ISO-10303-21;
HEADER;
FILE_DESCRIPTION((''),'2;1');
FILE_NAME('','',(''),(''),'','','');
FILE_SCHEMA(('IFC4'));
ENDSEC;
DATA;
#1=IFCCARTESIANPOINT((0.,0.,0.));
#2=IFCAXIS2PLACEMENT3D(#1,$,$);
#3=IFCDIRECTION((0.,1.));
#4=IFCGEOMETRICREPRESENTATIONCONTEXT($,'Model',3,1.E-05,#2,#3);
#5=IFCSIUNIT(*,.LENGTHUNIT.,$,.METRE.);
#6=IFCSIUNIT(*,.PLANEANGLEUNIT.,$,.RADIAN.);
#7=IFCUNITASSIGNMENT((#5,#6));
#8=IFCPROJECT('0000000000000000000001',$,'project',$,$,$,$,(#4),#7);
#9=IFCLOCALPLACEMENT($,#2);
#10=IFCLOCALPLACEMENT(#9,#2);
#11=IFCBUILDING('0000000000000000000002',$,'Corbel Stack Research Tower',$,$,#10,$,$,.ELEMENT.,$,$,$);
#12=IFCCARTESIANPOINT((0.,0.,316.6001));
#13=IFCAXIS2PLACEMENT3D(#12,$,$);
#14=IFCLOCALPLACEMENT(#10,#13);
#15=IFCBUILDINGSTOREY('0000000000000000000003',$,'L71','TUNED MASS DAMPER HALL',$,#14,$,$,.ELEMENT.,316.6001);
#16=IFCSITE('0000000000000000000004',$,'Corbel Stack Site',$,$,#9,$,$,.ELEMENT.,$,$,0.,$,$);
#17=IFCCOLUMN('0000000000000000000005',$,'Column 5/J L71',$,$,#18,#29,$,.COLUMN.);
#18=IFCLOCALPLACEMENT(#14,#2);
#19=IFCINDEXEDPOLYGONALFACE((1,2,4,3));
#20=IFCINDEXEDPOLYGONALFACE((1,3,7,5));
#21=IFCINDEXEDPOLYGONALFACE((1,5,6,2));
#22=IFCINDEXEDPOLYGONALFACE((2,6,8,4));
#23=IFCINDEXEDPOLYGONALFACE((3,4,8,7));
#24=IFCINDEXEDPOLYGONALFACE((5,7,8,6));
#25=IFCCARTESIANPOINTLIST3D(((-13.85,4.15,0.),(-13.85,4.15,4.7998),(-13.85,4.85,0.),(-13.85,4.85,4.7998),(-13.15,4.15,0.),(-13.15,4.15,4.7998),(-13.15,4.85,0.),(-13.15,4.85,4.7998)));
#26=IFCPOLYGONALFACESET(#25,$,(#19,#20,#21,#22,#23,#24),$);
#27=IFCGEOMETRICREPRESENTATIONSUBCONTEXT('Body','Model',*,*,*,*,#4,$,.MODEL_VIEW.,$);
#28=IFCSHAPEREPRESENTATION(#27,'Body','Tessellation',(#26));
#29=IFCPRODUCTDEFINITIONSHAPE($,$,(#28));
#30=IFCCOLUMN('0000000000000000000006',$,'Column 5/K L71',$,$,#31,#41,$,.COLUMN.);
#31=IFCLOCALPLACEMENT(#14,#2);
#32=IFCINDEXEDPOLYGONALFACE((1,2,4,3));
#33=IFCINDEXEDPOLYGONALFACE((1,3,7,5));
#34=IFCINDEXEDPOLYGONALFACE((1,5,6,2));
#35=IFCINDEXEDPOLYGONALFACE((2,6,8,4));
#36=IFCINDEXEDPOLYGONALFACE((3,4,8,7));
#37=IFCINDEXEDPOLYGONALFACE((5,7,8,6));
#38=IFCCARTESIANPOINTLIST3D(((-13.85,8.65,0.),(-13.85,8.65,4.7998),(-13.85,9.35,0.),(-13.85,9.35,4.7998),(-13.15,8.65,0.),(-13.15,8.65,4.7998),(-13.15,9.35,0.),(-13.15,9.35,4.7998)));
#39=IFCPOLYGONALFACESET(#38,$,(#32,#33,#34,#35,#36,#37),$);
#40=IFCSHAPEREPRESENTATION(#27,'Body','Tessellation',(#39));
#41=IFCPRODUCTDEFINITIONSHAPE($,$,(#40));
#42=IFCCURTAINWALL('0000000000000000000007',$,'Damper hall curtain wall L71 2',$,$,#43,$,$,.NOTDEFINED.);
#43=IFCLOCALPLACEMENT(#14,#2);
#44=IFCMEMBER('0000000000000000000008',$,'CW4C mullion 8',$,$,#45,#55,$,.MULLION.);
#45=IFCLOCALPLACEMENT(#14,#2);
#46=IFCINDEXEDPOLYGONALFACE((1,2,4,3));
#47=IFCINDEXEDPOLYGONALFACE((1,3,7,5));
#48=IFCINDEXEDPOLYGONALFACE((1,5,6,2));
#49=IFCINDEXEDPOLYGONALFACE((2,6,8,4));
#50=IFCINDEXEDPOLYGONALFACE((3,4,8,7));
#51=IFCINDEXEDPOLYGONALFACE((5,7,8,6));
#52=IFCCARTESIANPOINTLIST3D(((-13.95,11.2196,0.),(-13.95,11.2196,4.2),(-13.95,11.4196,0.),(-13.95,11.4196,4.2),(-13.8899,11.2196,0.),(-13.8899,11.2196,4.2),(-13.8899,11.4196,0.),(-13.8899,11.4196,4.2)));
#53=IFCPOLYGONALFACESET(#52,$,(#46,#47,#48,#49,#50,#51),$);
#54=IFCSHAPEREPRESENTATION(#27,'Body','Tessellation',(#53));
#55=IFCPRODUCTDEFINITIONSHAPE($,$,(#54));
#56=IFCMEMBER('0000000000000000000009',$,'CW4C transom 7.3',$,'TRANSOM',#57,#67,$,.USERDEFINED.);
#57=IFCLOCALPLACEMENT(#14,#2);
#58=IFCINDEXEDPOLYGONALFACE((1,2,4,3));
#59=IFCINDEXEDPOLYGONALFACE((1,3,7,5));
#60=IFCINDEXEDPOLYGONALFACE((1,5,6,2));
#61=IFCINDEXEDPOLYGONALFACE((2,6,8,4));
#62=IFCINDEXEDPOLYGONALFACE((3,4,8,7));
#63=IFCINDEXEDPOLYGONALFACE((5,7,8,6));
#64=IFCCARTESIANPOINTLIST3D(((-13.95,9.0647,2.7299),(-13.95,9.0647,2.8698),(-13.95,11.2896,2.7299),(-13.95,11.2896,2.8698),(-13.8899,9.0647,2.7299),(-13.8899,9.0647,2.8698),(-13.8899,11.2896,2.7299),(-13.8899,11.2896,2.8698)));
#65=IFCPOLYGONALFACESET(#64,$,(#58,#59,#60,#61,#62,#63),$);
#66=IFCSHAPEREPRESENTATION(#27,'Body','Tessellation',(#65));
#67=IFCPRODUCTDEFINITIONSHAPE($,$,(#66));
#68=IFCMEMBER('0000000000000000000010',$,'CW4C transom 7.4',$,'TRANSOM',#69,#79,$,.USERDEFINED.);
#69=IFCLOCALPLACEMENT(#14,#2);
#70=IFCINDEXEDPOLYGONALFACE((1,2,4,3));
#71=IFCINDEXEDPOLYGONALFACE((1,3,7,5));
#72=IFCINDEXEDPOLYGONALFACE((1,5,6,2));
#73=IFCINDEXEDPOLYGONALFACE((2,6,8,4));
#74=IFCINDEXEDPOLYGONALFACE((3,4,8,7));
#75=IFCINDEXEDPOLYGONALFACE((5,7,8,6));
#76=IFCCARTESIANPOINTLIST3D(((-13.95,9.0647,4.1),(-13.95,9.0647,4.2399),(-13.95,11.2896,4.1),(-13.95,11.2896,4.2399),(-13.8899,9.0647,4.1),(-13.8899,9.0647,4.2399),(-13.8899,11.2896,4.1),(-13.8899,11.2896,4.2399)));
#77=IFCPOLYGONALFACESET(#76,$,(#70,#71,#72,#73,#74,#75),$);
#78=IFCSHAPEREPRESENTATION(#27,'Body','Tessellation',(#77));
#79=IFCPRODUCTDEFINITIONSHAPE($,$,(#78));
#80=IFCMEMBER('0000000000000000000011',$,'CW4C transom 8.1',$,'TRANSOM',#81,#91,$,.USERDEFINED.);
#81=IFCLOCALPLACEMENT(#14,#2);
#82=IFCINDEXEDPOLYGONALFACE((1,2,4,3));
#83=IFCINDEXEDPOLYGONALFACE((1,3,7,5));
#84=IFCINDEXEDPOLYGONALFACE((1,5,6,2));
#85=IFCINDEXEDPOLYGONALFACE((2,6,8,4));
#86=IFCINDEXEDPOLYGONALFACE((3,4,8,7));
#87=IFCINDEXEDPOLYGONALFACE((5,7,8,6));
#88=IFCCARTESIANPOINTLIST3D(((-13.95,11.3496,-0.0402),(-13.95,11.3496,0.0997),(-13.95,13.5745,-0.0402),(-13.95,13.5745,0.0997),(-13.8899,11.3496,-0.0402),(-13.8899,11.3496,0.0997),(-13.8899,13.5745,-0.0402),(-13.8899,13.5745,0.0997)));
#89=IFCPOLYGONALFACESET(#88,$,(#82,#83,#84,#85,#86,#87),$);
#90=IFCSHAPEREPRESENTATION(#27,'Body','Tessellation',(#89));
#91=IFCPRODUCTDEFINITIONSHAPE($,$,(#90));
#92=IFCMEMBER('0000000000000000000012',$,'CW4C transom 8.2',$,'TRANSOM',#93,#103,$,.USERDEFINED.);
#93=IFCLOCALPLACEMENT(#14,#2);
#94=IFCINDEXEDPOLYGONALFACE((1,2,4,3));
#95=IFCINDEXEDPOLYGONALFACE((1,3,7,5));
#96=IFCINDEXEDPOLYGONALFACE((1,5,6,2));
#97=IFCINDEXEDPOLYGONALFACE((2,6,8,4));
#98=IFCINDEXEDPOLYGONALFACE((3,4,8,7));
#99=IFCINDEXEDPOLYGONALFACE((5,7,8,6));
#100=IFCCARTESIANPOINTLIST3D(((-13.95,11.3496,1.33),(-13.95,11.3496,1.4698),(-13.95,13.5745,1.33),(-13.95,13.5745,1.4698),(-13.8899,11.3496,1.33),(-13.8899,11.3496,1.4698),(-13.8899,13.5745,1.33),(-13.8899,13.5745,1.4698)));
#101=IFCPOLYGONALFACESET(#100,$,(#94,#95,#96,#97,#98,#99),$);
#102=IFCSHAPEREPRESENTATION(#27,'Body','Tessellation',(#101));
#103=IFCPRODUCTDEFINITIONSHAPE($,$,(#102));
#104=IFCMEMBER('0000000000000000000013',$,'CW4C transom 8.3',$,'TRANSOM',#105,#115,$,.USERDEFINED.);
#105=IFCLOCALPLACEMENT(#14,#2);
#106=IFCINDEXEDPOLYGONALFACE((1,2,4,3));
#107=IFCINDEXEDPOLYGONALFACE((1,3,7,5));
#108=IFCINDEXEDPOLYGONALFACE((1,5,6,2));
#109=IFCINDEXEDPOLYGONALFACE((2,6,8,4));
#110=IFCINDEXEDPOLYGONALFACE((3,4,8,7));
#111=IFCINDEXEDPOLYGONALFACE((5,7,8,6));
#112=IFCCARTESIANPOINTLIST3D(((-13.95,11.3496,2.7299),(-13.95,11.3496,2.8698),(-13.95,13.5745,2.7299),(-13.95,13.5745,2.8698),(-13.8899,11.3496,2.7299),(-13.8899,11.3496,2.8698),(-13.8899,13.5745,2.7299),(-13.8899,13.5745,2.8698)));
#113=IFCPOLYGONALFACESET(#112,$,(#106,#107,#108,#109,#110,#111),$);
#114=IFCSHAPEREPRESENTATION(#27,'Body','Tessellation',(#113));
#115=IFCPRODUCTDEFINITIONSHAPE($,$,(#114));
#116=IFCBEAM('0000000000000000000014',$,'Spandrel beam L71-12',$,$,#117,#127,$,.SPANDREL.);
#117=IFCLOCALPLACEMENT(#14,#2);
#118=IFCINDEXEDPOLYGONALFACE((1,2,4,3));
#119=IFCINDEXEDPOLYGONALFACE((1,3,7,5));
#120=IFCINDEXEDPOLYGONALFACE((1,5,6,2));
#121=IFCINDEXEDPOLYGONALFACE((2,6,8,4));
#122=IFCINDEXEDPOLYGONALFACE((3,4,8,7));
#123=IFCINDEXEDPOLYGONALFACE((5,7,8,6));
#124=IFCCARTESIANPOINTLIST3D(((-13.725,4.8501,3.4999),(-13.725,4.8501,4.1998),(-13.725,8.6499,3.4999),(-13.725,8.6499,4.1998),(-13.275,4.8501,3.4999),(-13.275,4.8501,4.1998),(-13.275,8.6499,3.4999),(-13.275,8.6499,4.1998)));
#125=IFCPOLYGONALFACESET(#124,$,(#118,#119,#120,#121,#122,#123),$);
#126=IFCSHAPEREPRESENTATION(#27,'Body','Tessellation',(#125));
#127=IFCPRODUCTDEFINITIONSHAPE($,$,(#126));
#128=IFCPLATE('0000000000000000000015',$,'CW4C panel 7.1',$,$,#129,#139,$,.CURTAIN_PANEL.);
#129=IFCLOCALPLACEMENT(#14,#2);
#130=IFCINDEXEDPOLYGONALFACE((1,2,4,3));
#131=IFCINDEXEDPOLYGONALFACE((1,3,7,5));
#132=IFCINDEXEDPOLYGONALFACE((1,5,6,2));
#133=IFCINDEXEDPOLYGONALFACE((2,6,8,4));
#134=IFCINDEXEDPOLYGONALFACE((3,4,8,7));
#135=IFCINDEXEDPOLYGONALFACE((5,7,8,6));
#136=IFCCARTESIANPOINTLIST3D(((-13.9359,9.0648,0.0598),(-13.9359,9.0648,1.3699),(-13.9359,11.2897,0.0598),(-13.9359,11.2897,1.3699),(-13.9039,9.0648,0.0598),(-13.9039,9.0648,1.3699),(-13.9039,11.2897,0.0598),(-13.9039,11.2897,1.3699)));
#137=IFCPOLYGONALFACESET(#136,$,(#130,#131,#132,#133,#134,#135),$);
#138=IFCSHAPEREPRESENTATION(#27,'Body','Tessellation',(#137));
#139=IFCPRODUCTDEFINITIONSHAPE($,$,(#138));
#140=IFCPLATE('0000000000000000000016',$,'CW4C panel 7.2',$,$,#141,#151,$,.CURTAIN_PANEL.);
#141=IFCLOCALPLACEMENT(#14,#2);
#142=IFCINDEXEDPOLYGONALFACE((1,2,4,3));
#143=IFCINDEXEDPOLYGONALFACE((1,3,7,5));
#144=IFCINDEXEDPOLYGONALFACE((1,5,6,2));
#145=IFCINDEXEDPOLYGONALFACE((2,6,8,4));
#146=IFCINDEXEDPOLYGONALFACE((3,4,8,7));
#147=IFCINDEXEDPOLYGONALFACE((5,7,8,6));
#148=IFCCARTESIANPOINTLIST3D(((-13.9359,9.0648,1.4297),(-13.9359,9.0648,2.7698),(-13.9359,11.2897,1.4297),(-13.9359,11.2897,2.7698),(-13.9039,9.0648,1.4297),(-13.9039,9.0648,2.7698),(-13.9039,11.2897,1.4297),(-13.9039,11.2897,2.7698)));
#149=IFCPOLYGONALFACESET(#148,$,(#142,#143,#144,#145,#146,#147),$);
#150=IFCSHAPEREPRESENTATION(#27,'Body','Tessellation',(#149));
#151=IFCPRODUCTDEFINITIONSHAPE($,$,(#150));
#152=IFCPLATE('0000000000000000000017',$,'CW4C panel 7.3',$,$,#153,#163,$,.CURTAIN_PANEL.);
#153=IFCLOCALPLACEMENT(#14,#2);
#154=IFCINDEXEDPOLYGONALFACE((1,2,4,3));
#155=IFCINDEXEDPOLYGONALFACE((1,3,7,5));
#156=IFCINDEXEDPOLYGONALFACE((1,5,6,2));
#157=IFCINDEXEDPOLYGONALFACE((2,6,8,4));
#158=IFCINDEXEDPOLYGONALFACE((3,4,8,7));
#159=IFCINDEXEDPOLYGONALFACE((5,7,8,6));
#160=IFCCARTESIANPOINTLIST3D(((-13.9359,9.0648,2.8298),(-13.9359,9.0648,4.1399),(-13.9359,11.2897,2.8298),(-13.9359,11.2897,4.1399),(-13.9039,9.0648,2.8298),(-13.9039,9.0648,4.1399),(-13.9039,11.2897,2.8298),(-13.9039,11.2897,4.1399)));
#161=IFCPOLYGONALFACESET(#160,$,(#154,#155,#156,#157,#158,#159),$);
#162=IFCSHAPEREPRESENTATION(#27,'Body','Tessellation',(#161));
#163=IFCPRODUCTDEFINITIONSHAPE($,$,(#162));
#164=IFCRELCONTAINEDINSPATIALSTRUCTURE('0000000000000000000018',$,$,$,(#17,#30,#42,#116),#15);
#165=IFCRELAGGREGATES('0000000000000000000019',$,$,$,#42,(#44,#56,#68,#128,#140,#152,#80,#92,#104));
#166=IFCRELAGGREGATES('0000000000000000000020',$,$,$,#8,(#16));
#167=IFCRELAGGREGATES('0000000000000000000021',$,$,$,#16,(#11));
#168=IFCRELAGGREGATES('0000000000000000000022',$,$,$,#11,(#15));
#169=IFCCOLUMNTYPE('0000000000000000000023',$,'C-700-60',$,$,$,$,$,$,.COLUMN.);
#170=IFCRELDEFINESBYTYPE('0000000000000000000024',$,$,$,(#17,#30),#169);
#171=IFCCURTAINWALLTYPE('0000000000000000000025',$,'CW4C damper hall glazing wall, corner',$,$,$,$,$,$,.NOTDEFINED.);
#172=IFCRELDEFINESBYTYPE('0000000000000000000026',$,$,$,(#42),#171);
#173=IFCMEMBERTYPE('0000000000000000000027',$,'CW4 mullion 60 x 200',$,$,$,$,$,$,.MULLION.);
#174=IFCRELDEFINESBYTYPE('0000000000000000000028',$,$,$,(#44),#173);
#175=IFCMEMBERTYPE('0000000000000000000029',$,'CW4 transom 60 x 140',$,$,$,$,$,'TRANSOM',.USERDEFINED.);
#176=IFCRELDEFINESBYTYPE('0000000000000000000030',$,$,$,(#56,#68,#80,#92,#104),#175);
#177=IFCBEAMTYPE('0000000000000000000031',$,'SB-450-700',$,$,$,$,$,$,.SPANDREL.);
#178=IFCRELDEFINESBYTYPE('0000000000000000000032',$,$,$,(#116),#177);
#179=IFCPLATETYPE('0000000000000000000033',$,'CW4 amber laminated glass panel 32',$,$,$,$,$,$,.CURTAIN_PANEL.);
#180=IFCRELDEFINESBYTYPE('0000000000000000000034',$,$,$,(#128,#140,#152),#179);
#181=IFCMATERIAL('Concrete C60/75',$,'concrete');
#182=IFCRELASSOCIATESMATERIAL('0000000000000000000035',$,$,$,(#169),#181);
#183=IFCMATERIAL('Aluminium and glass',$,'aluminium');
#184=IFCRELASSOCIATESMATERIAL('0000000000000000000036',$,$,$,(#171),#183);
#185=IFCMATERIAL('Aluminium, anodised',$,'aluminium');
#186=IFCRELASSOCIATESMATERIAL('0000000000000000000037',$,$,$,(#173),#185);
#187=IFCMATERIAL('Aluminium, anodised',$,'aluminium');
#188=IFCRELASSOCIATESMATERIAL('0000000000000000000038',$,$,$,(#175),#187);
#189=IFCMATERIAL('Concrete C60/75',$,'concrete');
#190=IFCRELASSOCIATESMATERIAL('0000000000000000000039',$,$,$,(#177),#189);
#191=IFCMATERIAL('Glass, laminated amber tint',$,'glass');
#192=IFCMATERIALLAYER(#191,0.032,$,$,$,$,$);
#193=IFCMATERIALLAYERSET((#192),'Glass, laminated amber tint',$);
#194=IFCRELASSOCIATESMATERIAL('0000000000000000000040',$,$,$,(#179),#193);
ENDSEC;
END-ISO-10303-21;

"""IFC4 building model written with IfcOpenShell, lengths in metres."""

from ifc_helpers import new_model, si_unit, direction, frame, origin, origin_2d, place, context, subcontext, project, spatial, rectangle, extrude, material, layer, layer_set, material_profile, profile_set, type_object, element, aggregate, save


model = new_model("IFC4")

# Units and contexts
model_context = context("Model", 3, precision=1e-05, world=origin(), true_north=direction((0.0, 1.0)))
body_context = subcontext(model_context, "Body", "Model", "MODEL_VIEW")
ifc_project = project(units=[si_unit("LENGTHUNIT", "METRE"), si_unit("PLANEANGLEUNIT", "RADIAN")], contexts=[model_context])

# Site, building, storey
site_placement = place(None, origin())
site = spatial("IfcSite", under=ifc_project, at=site_placement, Name="Corbel Stack Site", CompositionType="ELEMENT", RefElevation=0.0)
building_placement = place(site_placement, origin())
building = spatial("IfcBuilding", under=site, at=building_placement, Name="Corbel Stack Research Tower", CompositionType="ELEMENT")
storey_placement = place(building_placement, frame((0.0, 0.0, 316.6001)))
storey = spatial("IfcBuildingStorey", under=building, at=storey_placement, Name="L71", Description="TUNED MASS DAMPER HALL", CompositionType="ELEMENT", Elevation=316.6001)

# Columns
ifc_material_1 = material(Name="Concrete C60/75", Category="concrete")
ifc_material_profile_1 = material_profile(ifc_material_1, rectangle(XDim=0.7, YDim=0.7, at=origin_2d()), Name="RC 700 x 700")
ifc_profile_set_1 = profile_set([ifc_material_profile_1], Name="Concrete C60/75")
column_type = type_object("IfcColumnType", Name="C-700-60", PredefinedType="COLUMN", material=ifc_profile_set_1)
for number, where, z_axis, x_axis, name in (
    (1, (-13.5, 4.5, 0.0), (0.0, 0.0, 1.0), (1.0, 0.0, 0.0), "Column 5/J L71"),
    (2, (-13.5, 9.0, 0.0), (0.0, 0.0, 1.0), (1.0, 0.0, 0.0), "Column 5/K L71"),
):
    element("IfcColumn", number, at=place(storey_placement, frame(where, z_axis=z_axis, x_axis=x_axis)), inside=storey, type_object=column_type, Name=name, PredefinedType="COLUMN", context=body_context, shape_type="SweptSolid", body=[
        extrude(rectangle(XDim=0.7, YDim=0.7, at=origin_2d()), origin(), (0.0, 0.0, 1.0), 4.7998),
    ])

# Curtain wall, members
ifc_material_2 = material(Name="Aluminium and glass", Category="aluminium")
curtain_wall_type = type_object("IfcCurtainWallType", Name="CW4C damper hall glazing wall, corner", PredefinedType="NOTDEFINED", material=ifc_material_2)
curtain_wall_placement = place(storey_placement, origin())
curtain_wall = element("IfcCurtainWall", 3, at=curtain_wall_placement, inside=storey, type_object=curtain_wall_type, Name="Damper hall curtain wall L71 2", PredefinedType="NOTDEFINED")
ifc_material_3 = material(Name="Aluminium, anodised", Category="aluminium")
ifc_material_profile_2 = material_profile(ifc_material_3, rectangle(XDim=0.0601, YDim=0.2, at=origin_2d()), Name="CW4 mullion 60 x 200")
ifc_profile_set_2 = profile_set([ifc_material_profile_2], Name="Aluminium, anodised")
member_type_1 = type_object("IfcMemberType", Name="CW4 mullion 60 x 200", PredefinedType="MULLION", material=ifc_profile_set_2)
member_1_placement = place(storey_placement, frame((-13.9199, 11.3196, 0.0), z_axis=(0.0, 0.0, 1.0), x_axis=(-1.0, 0.0, 0.0)))
member_1 = element("IfcMember", 4, at=member_1_placement, type_object=member_type_1, Name="CW4C mullion 8", PredefinedType="MULLION", context=body_context, shape_type="SweptSolid", body=[
    extrude(rectangle(XDim=0.0601, YDim=0.2, at=origin_2d()), origin(), (0.0, 0.0, 1.0), 4.2),
])
ifc_material_4 = material(Name="Aluminium, anodised", Category="aluminium")
ifc_material_profile_3 = material_profile(ifc_material_4, rectangle(XDim=0.0601, YDim=0.1399, at=origin_2d()), Name="CW4 transom 60 x 140")
ifc_profile_set_3 = profile_set([ifc_material_profile_3], Name="Aluminium, anodised")
member_type_2 = type_object("IfcMemberType", Name="CW4 transom 60 x 140", ElementType="TRANSOM", PredefinedType="USERDEFINED", material=ifc_profile_set_3)
member_2_placement = place(storey_placement, frame((-13.9199, 9.0647, 2.7998), z_axis=(0.0, 1.0, 0.0), x_axis=(-1.0, 0.0, 0.0)))
member_2 = element("IfcMember", 5, at=member_2_placement, type_object=member_type_2, Name="CW4C transom 7.3", ObjectType="TRANSOM", PredefinedType="USERDEFINED", context=body_context, shape_type="SweptSolid", body=[
    extrude(rectangle(XDim=0.0601, YDim=0.1399, at=origin_2d()), origin(), (0.0, 0.0, 1.0), 2.2249),
])
member_3_placement = place(storey_placement, frame((-13.9199, 9.0647, 4.1699), z_axis=(0.0, 1.0, 0.0), x_axis=(-1.0, 0.0, 0.0)))
member_3 = element("IfcMember", 6, at=member_3_placement, type_object=member_type_2, Name="CW4C transom 7.4", ObjectType="TRANSOM", PredefinedType="USERDEFINED", context=body_context, shape_type="SweptSolid", body=[
    extrude(rectangle(XDim=0.0601, YDim=0.1399, at=origin_2d()), origin(), (0.0, 0.0, 1.0), 2.2249),
])
member_4_placement = place(storey_placement, frame((-13.9199, 11.3496, 0.0298), z_axis=(0.0, 1.0, 0.0), x_axis=(-1.0, 0.0, 0.0)))
member_4 = element("IfcMember", 7, at=member_4_placement, type_object=member_type_2, Name="CW4C transom 8.1", ObjectType="TRANSOM", PredefinedType="USERDEFINED", context=body_context, shape_type="SweptSolid", body=[
    extrude(rectangle(XDim=0.0601, YDim=0.1399, at=origin_2d()), origin(), (0.0, 0.0, 1.0), 2.2249),
])
member_5_placement = place(storey_placement, frame((-13.9199, 11.3496, 1.3999), z_axis=(0.0, 1.0, 0.0), x_axis=(-1.0, 0.0, 0.0)))
member_5 = element("IfcMember", 8, at=member_5_placement, type_object=member_type_2, Name="CW4C transom 8.2", ObjectType="TRANSOM", PredefinedType="USERDEFINED", context=body_context, shape_type="SweptSolid", body=[
    extrude(rectangle(XDim=0.0601, YDim=0.1399, at=origin_2d()), origin(), (0.0, 0.0, 1.0), 2.2249),
])
member_6_placement = place(storey_placement, frame((-13.9199, 11.3496, 2.7998), z_axis=(0.0, 1.0, 0.0), x_axis=(-1.0, 0.0, 0.0)))
member_6 = element("IfcMember", 9, at=member_6_placement, type_object=member_type_2, Name="CW4C transom 8.3", ObjectType="TRANSOM", PredefinedType="USERDEFINED", context=body_context, shape_type="SweptSolid", body=[
    extrude(rectangle(XDim=0.0601, YDim=0.1399, at=origin_2d()), origin(), (0.0, 0.0, 1.0), 2.2249),
])

# Beam
ifc_material_5 = material(Name="Concrete C60/75", Category="concrete")
ifc_material_profile_4 = material_profile(ifc_material_5, rectangle(XDim=0.45, YDim=0.7, at=origin_2d()), Name="RC 450 x 700")
ifc_profile_set_4 = profile_set([ifc_material_profile_4], Name="Concrete C60/75")
beam_type = type_object("IfcBeamType", Name="SB-450-700", PredefinedType="SPANDREL", material=ifc_profile_set_4)
beam_placement = place(storey_placement, frame((-13.5, 8.6499, 3.8499), z_axis=(0.0, -1.0, 0.0), x_axis=(1.0, 0.0, 0.0)))
element("IfcBeam", 10, at=beam_placement, inside=storey, type_object=beam_type, Name="Spandrel beam L71-12", PredefinedType="SPANDREL", context=body_context, shape_type="SweptSolid", body=[
    extrude(rectangle(XDim=0.45, YDim=0.7, at=origin_2d()), origin(), (0.0, 0.0, 1.0), 3.7998),
])

# Plates
ifc_material_6 = material(Name="Glass, laminated amber tint", Category="glass")
ifc_layer_1 = layer(ifc_material_6, 0.032)
ifc_layer_set_1 = layer_set([ifc_layer_1], Name="Glass, laminated amber tint")
plate_type = type_object("IfcPlateType", Name="CW4 amber laminated glass panel 32", PredefinedType="CURTAIN_PANEL", material=ifc_layer_set_1)
plate_1_placement = place(storey_placement, frame((-13.9199, 10.1772, 0.0598), z_axis=(0.0, 0.0, 1.0), x_axis=(0.0, 1.0, 0.0)))
plate_1 = element("IfcPlate", 11, at=plate_1_placement, type_object=plate_type, Name="CW4C panel 7.1", PredefinedType="CURTAIN_PANEL", context=body_context, shape_type="SweptSolid", body=[
    extrude(rectangle(XDim=2.2249, YDim=0.032, at=origin_2d()), origin(), (0.0, 0.0, 1.0), 1.3101),
])
plate_2_placement = place(storey_placement, frame((-13.9199, 10.1772, 1.4297), z_axis=(0.0, 0.0, 1.0), x_axis=(0.0, 1.0, 0.0)))
plate_2 = element("IfcPlate", 12, at=plate_2_placement, type_object=plate_type, Name="CW4C panel 7.2", PredefinedType="CURTAIN_PANEL", context=body_context, shape_type="SweptSolid", body=[
    extrude(rectangle(XDim=2.2249, YDim=0.032, at=origin_2d()), origin(), (0.0, 0.0, 1.0), 1.3401),
])
plate_3_placement = place(storey_placement, frame((-13.9199, 10.1772, 2.8298), z_axis=(0.0, 0.0, 1.0), x_axis=(0.0, 1.0, 0.0)))
plate_3 = element("IfcPlate", 13, at=plate_3_placement, type_object=plate_type, Name="CW4C panel 7.3", PredefinedType="CURTAIN_PANEL", context=body_context, shape_type="SweptSolid", body=[
    extrude(rectangle(XDim=2.2249, YDim=0.032, at=origin_2d()), origin(), (0.0, 0.0, 1.0), 1.3101),
])
aggregate(curtain_wall, [member_1, member_2, member_3, plate_1, plate_2, plate_3, member_4, member_5, member_6])

save(model, "model.ifc")
